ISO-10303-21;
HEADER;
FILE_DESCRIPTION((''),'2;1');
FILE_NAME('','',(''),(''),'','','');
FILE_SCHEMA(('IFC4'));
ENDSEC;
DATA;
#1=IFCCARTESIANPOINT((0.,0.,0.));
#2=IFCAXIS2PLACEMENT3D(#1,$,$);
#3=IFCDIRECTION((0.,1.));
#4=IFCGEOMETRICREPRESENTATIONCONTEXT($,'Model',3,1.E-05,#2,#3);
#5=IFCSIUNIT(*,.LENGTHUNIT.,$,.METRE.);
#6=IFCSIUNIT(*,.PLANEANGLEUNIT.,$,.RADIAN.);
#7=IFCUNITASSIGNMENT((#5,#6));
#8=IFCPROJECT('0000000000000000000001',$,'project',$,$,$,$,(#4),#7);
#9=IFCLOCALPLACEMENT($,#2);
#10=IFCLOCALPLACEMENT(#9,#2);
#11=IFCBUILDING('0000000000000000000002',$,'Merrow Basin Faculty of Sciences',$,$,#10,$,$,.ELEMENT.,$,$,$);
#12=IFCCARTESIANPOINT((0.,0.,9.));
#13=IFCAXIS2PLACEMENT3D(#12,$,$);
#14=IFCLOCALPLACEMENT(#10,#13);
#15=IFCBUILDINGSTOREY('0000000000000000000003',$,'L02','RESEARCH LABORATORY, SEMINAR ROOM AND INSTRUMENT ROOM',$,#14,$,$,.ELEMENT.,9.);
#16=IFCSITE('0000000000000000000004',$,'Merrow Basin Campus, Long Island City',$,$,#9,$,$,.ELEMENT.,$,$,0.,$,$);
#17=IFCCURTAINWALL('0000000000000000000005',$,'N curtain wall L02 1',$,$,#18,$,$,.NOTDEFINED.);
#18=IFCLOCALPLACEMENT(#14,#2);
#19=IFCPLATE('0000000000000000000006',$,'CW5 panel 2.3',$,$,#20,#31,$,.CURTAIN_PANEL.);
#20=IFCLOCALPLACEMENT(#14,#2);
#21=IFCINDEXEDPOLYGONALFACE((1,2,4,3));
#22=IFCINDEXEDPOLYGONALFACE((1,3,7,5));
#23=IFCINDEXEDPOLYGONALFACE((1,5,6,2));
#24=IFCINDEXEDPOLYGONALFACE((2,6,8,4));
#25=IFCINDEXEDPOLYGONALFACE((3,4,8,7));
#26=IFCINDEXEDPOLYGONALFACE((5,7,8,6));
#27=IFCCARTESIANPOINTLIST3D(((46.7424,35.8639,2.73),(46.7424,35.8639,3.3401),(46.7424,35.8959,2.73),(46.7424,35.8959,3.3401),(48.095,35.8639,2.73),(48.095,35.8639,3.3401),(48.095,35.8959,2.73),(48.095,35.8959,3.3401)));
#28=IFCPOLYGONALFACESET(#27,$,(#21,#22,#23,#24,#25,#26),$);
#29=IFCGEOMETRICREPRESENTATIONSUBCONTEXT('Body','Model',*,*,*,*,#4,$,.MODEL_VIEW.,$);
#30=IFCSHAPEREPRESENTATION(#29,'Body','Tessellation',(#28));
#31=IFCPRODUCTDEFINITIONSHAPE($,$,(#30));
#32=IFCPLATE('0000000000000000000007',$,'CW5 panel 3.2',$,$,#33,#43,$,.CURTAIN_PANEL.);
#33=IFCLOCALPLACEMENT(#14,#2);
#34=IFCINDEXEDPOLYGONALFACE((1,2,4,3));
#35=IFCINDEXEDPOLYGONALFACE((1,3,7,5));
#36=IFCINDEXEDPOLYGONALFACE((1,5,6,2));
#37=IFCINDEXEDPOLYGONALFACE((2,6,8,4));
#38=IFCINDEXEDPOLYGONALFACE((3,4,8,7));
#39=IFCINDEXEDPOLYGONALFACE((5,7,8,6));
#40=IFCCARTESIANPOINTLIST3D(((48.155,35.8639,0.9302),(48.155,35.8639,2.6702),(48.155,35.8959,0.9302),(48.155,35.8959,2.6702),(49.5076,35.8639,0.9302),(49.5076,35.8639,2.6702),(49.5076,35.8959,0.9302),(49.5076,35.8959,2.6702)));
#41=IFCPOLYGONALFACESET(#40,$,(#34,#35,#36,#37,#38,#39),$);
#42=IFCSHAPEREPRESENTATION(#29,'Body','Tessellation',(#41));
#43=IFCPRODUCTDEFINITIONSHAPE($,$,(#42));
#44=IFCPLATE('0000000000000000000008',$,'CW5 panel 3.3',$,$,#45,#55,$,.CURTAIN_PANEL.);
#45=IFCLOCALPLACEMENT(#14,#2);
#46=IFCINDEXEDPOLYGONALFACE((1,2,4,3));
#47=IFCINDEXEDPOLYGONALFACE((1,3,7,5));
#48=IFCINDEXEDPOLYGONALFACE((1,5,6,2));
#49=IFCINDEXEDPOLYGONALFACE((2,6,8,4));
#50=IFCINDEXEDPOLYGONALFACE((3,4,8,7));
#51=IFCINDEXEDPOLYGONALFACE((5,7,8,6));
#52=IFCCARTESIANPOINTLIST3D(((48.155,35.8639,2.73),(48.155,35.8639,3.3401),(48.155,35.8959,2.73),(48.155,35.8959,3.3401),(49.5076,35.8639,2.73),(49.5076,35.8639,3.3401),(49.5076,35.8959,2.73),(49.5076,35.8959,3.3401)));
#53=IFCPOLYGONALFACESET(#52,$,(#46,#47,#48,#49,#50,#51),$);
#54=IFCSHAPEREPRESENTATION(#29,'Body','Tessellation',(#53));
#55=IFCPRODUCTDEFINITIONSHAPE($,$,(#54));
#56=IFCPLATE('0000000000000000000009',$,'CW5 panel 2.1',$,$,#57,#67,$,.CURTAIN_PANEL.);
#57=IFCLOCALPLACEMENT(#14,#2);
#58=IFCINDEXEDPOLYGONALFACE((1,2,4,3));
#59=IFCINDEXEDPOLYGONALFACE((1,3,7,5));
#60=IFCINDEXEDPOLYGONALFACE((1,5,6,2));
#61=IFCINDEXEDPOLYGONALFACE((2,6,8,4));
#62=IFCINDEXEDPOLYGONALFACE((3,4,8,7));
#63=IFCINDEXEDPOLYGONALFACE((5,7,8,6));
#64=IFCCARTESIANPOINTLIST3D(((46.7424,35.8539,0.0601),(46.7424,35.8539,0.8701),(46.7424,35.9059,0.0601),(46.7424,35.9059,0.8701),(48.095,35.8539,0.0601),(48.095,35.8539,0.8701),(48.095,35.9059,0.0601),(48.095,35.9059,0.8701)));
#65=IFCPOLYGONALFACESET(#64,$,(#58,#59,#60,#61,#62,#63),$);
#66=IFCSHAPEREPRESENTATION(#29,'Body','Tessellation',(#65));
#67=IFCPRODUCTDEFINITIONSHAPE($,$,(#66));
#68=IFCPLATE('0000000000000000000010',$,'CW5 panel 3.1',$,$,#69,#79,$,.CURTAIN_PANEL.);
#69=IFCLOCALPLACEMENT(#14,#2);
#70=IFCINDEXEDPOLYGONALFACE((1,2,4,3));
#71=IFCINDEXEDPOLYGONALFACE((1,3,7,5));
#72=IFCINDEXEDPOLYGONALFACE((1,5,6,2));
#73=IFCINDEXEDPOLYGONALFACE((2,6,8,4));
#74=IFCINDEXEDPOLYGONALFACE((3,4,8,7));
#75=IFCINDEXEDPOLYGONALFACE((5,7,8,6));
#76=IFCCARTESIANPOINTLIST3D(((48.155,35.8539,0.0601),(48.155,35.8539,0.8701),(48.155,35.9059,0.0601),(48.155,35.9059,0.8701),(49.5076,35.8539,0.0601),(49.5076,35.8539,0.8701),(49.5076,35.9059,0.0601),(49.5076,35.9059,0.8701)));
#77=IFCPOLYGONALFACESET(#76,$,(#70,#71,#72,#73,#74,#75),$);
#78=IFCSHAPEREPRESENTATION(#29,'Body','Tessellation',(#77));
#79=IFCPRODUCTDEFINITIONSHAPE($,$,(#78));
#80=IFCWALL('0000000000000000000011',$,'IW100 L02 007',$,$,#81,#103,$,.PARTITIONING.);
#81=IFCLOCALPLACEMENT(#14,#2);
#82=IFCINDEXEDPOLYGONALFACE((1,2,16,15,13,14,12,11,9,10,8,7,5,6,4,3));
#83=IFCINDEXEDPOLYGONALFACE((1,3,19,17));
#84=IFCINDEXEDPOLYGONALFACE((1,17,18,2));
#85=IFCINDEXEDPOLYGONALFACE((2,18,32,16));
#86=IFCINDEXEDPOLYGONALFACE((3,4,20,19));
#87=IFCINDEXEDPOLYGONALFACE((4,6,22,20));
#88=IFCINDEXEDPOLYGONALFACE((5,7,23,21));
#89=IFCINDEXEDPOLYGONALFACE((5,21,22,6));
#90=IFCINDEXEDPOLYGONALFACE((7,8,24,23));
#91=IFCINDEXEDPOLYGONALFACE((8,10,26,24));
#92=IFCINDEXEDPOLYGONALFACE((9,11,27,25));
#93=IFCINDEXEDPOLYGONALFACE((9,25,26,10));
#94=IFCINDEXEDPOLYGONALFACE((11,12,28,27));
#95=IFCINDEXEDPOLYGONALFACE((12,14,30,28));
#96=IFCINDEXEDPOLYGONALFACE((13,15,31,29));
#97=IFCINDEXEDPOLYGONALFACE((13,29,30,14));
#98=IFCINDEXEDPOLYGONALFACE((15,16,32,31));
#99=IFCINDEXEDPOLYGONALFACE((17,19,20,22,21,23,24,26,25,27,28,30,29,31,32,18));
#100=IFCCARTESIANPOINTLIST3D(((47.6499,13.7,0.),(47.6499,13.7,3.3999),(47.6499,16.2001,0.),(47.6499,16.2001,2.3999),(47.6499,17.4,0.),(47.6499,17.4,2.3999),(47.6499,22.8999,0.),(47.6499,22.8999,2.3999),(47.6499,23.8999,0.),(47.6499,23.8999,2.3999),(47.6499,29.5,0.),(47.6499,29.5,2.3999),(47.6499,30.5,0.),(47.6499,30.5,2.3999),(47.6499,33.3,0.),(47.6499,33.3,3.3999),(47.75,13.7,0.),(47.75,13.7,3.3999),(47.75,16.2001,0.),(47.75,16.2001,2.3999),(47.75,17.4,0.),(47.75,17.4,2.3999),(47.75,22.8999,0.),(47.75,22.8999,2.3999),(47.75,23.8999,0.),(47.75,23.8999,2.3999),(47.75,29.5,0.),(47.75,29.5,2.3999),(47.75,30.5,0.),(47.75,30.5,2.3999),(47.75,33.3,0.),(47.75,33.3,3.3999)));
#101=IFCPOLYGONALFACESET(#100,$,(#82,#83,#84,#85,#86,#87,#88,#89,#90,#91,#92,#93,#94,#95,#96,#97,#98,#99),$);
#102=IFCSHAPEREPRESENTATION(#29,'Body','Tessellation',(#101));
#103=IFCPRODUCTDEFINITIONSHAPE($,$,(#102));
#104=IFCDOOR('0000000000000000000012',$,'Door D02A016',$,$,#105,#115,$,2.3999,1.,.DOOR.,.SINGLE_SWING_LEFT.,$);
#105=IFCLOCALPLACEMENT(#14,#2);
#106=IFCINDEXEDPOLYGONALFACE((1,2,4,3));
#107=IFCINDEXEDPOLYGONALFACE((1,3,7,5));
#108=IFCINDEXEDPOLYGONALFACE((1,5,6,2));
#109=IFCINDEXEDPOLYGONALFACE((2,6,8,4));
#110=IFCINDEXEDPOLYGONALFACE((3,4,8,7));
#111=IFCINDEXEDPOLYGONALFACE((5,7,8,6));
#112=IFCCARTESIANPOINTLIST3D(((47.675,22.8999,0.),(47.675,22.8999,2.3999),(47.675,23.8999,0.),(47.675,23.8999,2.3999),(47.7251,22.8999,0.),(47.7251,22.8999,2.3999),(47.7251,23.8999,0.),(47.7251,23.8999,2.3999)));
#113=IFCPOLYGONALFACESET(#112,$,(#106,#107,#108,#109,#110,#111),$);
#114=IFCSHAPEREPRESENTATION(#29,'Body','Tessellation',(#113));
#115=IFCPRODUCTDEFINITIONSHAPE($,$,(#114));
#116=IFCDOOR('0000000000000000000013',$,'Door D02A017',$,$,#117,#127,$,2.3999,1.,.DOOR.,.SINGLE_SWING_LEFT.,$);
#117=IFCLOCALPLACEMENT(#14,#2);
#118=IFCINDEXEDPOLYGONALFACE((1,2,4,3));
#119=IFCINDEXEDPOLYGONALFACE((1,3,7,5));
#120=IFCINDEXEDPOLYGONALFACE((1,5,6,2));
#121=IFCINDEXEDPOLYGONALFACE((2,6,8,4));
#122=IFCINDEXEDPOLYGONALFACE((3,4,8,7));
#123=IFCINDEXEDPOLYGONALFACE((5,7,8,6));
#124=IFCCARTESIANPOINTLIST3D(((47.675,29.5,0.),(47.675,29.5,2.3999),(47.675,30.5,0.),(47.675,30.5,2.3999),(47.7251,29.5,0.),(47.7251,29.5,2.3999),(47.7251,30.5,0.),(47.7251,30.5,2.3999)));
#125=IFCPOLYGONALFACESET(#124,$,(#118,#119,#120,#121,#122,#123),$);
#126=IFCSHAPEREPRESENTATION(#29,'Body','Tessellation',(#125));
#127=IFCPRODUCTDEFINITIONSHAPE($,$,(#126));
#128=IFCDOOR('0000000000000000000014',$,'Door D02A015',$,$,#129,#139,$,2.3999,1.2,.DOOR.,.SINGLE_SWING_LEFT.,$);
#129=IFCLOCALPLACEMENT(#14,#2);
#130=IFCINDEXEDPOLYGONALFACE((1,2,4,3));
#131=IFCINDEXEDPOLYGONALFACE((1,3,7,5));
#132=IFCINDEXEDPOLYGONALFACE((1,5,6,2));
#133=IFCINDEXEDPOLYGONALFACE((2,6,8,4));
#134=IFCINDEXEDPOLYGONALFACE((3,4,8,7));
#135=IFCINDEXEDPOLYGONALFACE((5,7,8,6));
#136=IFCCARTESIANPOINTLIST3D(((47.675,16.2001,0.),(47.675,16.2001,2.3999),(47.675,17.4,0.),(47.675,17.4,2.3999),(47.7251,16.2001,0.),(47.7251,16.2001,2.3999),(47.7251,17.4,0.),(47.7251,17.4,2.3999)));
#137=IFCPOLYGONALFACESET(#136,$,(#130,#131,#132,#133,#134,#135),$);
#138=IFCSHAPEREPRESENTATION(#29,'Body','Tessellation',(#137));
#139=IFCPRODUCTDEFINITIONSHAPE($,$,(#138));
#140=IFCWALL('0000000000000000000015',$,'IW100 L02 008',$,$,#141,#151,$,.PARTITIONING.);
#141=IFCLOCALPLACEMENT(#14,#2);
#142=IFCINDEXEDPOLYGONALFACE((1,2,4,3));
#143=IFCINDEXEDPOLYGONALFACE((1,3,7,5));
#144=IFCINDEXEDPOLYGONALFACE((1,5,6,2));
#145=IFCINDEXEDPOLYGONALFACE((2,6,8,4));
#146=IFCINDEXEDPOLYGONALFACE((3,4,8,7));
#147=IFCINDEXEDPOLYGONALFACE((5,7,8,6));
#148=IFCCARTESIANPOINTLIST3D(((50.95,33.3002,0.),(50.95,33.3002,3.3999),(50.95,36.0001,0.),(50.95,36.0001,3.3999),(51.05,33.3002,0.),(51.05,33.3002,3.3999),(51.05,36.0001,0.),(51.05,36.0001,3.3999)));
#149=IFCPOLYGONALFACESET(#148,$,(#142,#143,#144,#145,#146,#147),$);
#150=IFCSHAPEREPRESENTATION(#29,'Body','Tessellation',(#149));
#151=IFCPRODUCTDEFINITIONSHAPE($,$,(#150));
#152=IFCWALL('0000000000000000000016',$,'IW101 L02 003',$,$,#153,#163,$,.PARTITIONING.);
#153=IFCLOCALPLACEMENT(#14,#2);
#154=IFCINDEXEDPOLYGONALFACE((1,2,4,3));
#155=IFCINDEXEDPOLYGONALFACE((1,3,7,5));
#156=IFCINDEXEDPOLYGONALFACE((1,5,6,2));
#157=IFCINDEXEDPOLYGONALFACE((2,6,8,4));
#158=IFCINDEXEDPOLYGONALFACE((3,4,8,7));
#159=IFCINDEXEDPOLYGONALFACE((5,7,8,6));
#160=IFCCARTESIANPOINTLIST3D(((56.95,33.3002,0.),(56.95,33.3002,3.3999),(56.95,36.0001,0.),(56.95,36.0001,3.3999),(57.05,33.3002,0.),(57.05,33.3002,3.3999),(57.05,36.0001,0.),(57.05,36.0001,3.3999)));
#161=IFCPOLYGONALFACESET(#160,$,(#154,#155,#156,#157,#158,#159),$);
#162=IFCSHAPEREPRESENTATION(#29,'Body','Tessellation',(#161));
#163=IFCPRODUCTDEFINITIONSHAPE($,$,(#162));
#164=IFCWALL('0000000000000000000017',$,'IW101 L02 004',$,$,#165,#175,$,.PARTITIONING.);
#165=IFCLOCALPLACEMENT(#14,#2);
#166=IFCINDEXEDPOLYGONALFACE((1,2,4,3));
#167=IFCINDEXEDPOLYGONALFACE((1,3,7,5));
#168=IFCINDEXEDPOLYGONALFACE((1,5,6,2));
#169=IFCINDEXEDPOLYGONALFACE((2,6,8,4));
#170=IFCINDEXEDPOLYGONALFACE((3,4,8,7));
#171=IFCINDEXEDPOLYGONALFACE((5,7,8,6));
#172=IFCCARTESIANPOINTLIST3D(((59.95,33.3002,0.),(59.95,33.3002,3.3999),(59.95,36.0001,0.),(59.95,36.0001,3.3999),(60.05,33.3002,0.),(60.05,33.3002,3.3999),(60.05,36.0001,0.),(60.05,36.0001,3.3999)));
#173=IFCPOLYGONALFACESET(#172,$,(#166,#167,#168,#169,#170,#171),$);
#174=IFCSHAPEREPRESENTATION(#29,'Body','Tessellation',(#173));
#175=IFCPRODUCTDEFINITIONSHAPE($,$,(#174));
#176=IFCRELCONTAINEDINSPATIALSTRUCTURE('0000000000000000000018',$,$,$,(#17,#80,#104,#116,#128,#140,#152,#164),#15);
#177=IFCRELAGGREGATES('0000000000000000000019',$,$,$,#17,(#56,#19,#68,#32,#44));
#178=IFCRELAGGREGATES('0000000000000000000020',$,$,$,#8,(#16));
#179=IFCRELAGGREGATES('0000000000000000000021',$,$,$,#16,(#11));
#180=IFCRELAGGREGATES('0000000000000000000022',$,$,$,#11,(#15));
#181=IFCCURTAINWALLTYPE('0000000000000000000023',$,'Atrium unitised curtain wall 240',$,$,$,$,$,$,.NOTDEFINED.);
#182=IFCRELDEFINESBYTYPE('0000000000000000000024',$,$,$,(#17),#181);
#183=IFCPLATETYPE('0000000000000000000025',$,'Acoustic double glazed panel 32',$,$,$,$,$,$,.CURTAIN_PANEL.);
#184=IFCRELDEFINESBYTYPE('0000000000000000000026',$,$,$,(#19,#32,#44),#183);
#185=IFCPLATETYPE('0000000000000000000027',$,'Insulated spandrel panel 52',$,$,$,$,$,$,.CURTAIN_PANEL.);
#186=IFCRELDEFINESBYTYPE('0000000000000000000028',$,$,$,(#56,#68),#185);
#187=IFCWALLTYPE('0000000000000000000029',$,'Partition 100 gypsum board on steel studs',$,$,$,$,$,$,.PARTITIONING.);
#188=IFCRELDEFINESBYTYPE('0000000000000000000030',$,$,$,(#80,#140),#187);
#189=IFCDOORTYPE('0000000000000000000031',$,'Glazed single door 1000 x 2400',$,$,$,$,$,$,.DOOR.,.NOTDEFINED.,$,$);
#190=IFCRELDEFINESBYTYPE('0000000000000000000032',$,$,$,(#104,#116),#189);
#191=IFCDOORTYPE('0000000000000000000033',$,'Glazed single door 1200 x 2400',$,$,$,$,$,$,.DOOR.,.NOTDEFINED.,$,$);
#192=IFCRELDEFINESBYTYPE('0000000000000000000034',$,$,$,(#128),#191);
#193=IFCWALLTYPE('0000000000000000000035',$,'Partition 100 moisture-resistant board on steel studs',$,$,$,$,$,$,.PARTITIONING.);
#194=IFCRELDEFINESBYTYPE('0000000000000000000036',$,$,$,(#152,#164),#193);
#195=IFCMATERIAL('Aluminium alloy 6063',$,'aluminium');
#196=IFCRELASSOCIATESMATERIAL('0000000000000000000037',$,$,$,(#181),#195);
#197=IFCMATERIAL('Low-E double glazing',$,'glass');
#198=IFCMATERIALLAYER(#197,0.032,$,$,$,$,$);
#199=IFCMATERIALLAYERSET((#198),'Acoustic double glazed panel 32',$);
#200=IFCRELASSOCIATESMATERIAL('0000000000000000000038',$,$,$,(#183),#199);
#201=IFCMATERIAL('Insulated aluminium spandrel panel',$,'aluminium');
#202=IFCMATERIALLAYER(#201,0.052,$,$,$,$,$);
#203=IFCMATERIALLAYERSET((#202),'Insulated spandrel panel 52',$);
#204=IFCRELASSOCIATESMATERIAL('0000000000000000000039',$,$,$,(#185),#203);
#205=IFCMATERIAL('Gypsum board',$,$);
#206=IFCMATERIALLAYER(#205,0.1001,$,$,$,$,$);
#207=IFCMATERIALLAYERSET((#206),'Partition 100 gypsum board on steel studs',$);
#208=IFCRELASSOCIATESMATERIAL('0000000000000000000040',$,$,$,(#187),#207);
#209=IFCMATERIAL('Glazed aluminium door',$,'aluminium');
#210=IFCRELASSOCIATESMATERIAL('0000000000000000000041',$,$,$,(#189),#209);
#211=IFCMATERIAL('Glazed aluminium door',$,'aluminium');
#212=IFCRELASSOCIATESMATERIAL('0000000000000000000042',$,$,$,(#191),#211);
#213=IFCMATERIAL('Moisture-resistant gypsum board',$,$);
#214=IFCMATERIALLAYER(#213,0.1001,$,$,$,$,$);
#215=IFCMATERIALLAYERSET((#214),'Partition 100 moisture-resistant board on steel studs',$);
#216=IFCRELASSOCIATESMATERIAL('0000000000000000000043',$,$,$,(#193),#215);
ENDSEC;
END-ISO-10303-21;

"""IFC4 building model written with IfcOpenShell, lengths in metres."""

from ifc_helpers import new_model, si_unit, direction, frame, frame_2d, origin, origin_2d, place, context, subcontext, project, spatial, rectangle, extrude, material, layer, layer_set, type_object, element, fill, aggregate, save


model = new_model("IFC4")

# Units and contexts
model_context = context("Model", 3, precision=1e-05, world=origin(), true_north=direction((0.0, 1.0)))
body_context = subcontext(model_context, "Body", "Model", "MODEL_VIEW")
ifc_project = project(units=[si_unit("LENGTHUNIT", "METRE"), si_unit("PLANEANGLEUNIT", "RADIAN")], contexts=[model_context])

# Site, building, storey
site_placement = place(None, origin())
site = spatial("IfcSite", under=ifc_project, at=site_placement, Name="Merrow Basin Campus, Long Island City", CompositionType="ELEMENT", RefElevation=0.0)
building_placement = place(site_placement, origin())
building = spatial("IfcBuilding", under=site, at=building_placement, Name="Merrow Basin Faculty of Sciences", CompositionType="ELEMENT")
storey_placement = place(building_placement, frame((0.0, 0.0, 9.0)))
storey = spatial("IfcBuildingStorey", under=building, at=storey_placement, Name="L02", Description="RESEARCH LABORATORY, SEMINAR ROOM AND INSTRUMENT ROOM", CompositionType="ELEMENT", Elevation=9.0)

# Curtain wall
ifc_material_1 = material(Name="Aluminium alloy 6063", Category="aluminium")
curtain_wall_type = type_object("IfcCurtainWallType", Name="Atrium unitised curtain wall 240", PredefinedType="NOTDEFINED", material=ifc_material_1)
curtain_wall_placement = place(storey_placement, origin())
curtain_wall = element("IfcCurtainWall", 1, at=curtain_wall_placement, inside=storey, type_object=curtain_wall_type, Name="N curtain wall L02 1", PredefinedType="NOTDEFINED")

# Plates
ifc_material_2 = material(Name="Low-E double glazing", Category="glass")
ifc_layer_1 = layer(ifc_material_2, 0.032)
ifc_layer_set_1 = layer_set([ifc_layer_1], Name="Acoustic double glazed panel 32")
plate_type_1 = type_object("IfcPlateType", Name="Acoustic double glazed panel 32", PredefinedType="CURTAIN_PANEL", material=ifc_layer_set_1)
plate_1_placement = place(storey_placement, frame((47.4187, 35.8799, 2.73), z_axis=(0.0, 0.0, 1.0), x_axis=(1.0, 0.0, 0.0)))
plate_1 = element("IfcPlate", 2, at=plate_1_placement, type_object=plate_type_1, Name="CW5 panel 2.3", PredefinedType="CURTAIN_PANEL", context=body_context, shape_type="SweptSolid", body=[
    extrude(rectangle(XDim=1.3525, YDim=0.032, at=origin_2d()), origin(), (0.0, 0.0, 1.0), 0.6101),
])
plate_2_placement = place(storey_placement, frame((48.8313, 35.8799, 0.9302), z_axis=(0.0, 0.0, 1.0), x_axis=(1.0, 0.0, 0.0)))
plate_2 = element("IfcPlate", 3, at=plate_2_placement, type_object=plate_type_1, Name="CW5 panel 3.2", PredefinedType="CURTAIN_PANEL", context=body_context, shape_type="SweptSolid", body=[
    extrude(rectangle(XDim=1.3525, YDim=0.032, at=origin_2d()), origin(), (0.0, 0.0, 1.0), 1.74),
])
plate_3_placement = place(storey_placement, frame((48.8313, 35.8799, 2.73), z_axis=(0.0, 0.0, 1.0), x_axis=(1.0, 0.0, 0.0)))
plate_3 = element("IfcPlate", 4, at=plate_3_placement, type_object=plate_type_1, Name="CW5 panel 3.3", PredefinedType="CURTAIN_PANEL", context=body_context, shape_type="SweptSolid", body=[
    extrude(rectangle(XDim=1.3525, YDim=0.032, at=origin_2d()), origin(), (0.0, 0.0, 1.0), 0.6101),
])
ifc_material_3 = material(Name="Insulated aluminium spandrel panel", Category="aluminium")
ifc_layer_2 = layer(ifc_material_3, 0.052)
ifc_layer_set_2 = layer_set([ifc_layer_2], Name="Insulated spandrel panel 52")
plate_type_2 = type_object("IfcPlateType", Name="Insulated spandrel panel 52", PredefinedType="CURTAIN_PANEL", material=ifc_layer_set_2)
plate_4_placement = place(storey_placement, frame((47.4187, 35.8799, 0.0601), z_axis=(0.0, 0.0, 1.0), x_axis=(1.0, 0.0, 0.0)))
plate_4 = element("IfcPlate", 5, at=plate_4_placement, type_object=plate_type_2, Name="CW5 panel 2.1", PredefinedType="CURTAIN_PANEL", context=body_context, shape_type="SweptSolid", body=[
    extrude(rectangle(XDim=1.3525, YDim=0.052, at=origin_2d()), origin(), (0.0, 0.0, 1.0), 0.8101),
])
plate_5_placement = place(storey_placement, frame((48.8313, 35.8799, 0.0601), z_axis=(0.0, 0.0, 1.0), x_axis=(1.0, 0.0, 0.0)))
plate_5 = element("IfcPlate", 6, at=plate_5_placement, type_object=plate_type_2, Name="CW5 panel 3.1", PredefinedType="CURTAIN_PANEL", context=body_context, shape_type="SweptSolid", body=[
    extrude(rectangle(XDim=1.3525, YDim=0.052, at=origin_2d()), origin(), (0.0, 0.0, 1.0), 0.8101),
])
aggregate(curtain_wall, [plate_4, plate_1, plate_5, plate_2, plate_3])

# Wall, openings, doors
ifc_material_4 = material(Name="Gypsum board")
ifc_layer_3 = layer(ifc_material_4, 0.1001)
ifc_layer_set_3 = layer_set([ifc_layer_3], Name="Partition 100 gypsum board on steel studs")
wall_type_1 = type_object("IfcWallType", Name="Partition 100 gypsum board on steel studs", PredefinedType="PARTITIONING", material=ifc_layer_set_3)
wall_1_placement = place(storey_placement, frame((47.7, 13.7, 0.0), z_axis=(0.0, 0.0, 1.0), x_axis=(0.0, 1.0, 0.0)))
wall_1 = element("IfcWall", 7, at=wall_1_placement, inside=storey, type_object=wall_type_1, Name="IW100 L02 007", PredefinedType="PARTITIONING", context=body_context, shape_type="SweptSolid", body=[
    extrude(rectangle(XDim=19.6001, YDim=0.1001, at=frame_2d((9.8, 0.0))), origin(), (0.0, 0.0, 1.0), 3.3999),
])
opening_1_placement = place(wall_1_placement, frame((2.5, 0.0, 0.0)))
opening_1 = element("IfcOpeningElement", 8, at=opening_1_placement, cuts=wall_1, PredefinedType="OPENING", context=body_context, shape_type="SweptSolid", body=[
    extrude(rectangle(XDim=1.2, YDim=2.3999, at=frame_2d((0.6001, 1.2))), frame((0.0, 0.0601, 0.0), z_axis=(0.0, -1.0, 0.0), x_axis=(1.0, 0.0, 0.0)), (0.0, 0.0, 1.0), 0.1201),
])
opening_2_placement = place(wall_1_placement, frame((9.2, 0.0, 0.0)))
opening_2 = element("IfcOpeningElement", 9, at=opening_2_placement, cuts=wall_1, PredefinedType="OPENING", context=body_context, shape_type="SweptSolid", body=[
    extrude(rectangle(XDim=1.0, YDim=2.3999, at=frame_2d((0.5, 1.2))), frame((0.0, 0.0601, 0.0), z_axis=(0.0, -1.0, 0.0), x_axis=(1.0, 0.0, 0.0)), (0.0, 0.0, 1.0), 0.1201),
])
opening_3_placement = place(wall_1_placement, frame((15.8, 0.0, 0.0)))
opening_3 = element("IfcOpeningElement", 10, at=opening_3_placement, cuts=wall_1, PredefinedType="OPENING", context=body_context, shape_type="SweptSolid", body=[
    extrude(rectangle(XDim=1.0, YDim=2.3999, at=frame_2d((0.5, 1.2))), frame((0.0, 0.0601, 0.0), z_axis=(0.0, -1.0, 0.0), x_axis=(1.0, 0.0, 0.0)), (0.0, 0.0, 1.0), 0.1201),
])
ifc_material_5 = material(Name="Glazed aluminium door", Category="aluminium")
door_type_1 = type_object("IfcDoorType", Name="Glazed single door 1000 x 2400", OperationType="NOTDEFINED", PredefinedType="DOOR", material=ifc_material_5)
door_1_placement = place(opening_2_placement, origin())
door_1 = element("IfcDoor", 11, at=door_1_placement, inside=storey, type_object=door_type_1, Name="Door D02A016", OperationType="SINGLE_SWING_LEFT", OverallHeight=2.3999, OverallWidth=1.0, PredefinedType="DOOR", context=body_context, shape_type="SweptSolid", body=[
    extrude(rectangle(XDim=1.0, YDim=2.3999, at=frame_2d((0.5, 1.2))), frame((0.0, 0.0249, 0.0), z_axis=(0.0, -1.0, 0.0), x_axis=(1.0, 0.0, 0.0)), (0.0, 0.0, 1.0), 0.05),
])
fill(opening_2, door_1)
door_2_placement = place(opening_3_placement, origin())
door_2 = element("IfcDoor", 12, at=door_2_placement, inside=storey, type_object=door_type_1, Name="Door D02A017", OperationType="SINGLE_SWING_LEFT", OverallHeight=2.3999, OverallWidth=1.0, PredefinedType="DOOR", context=body_context, shape_type="SweptSolid", body=[
    extrude(rectangle(XDim=1.0, YDim=2.3999, at=frame_2d((0.5, 1.2))), frame((0.0, 0.0249, 0.0), z_axis=(0.0, -1.0, 0.0), x_axis=(1.0, 0.0, 0.0)), (0.0, 0.0, 1.0), 0.05),
])
fill(opening_3, door_2)
ifc_material_6 = material(Name="Glazed aluminium door", Category="aluminium")
door_type_2 = type_object("IfcDoorType", Name="Glazed single door 1200 x 2400", OperationType="NOTDEFINED", PredefinedType="DOOR", material=ifc_material_6)
door_3_placement = place(opening_1_placement, origin())
door_3 = element("IfcDoor", 13, at=door_3_placement, inside=storey, type_object=door_type_2, Name="Door D02A015", OperationType="SINGLE_SWING_LEFT", OverallHeight=2.3999, OverallWidth=1.2, PredefinedType="DOOR", context=body_context, shape_type="SweptSolid", body=[
    extrude(rectangle(XDim=1.2, YDim=2.3999, at=frame_2d((0.6001, 1.2))), frame((0.0, 0.0249, 0.0), z_axis=(0.0, -1.0, 0.0), x_axis=(1.0, 0.0, 0.0)), (0.0, 0.0, 1.0), 0.05),
])
fill(opening_1, door_3)

# Walls
wall_2_placement = place(storey_placement, frame((51.0, 33.3, 0.0), z_axis=(0.0, 0.0, 1.0), x_axis=(0.0, 1.0, 0.0)))
element("IfcWall", 14, at=wall_2_placement, inside=storey, type_object=wall_type_1, Name="IW100 L02 008", PredefinedType="PARTITIONING", context=body_context, shape_type="SweptSolid", body=[
    extrude(rectangle(XDim=2.7, YDim=0.1001, at=frame_2d((1.3501, 0.0))), origin(), (0.0, 0.0, 1.0), 3.3999),
])
ifc_material_7 = material(Name="Moisture-resistant gypsum board")
ifc_layer_4 = layer(ifc_material_7, 0.1001)
ifc_layer_set_4 = layer_set([ifc_layer_4], Name="Partition 100 moisture-resistant board on steel studs")
wall_type_2 = type_object("IfcWallType", Name="Partition 100 moisture-resistant board on steel studs", PredefinedType="PARTITIONING", material=ifc_layer_set_4)
for number, where, z_axis, x_axis, name in (
    (15, (57.0, 33.3, 0.0), (0.0, 0.0, 1.0), (0.0, 1.0, 0.0), "IW101 L02 003"),
    (16, (60.0, 33.3, 0.0), (0.0, 0.0, 1.0), (0.0, 1.0, 0.0), "IW101 L02 004"),
):
    element("IfcWall", number, at=place(storey_placement, frame(where, z_axis=z_axis, x_axis=x_axis)), inside=storey, type_object=wall_type_2, Name=name, PredefinedType="PARTITIONING", context=body_context, shape_type="SweptSolid", body=[
        extrude(rectangle(XDim=2.7, YDim=0.1001, at=frame_2d((1.3501, 0.0))), origin(), (0.0, 0.0, 1.0), 3.3999),
    ])

save(model, "model.ifc")
